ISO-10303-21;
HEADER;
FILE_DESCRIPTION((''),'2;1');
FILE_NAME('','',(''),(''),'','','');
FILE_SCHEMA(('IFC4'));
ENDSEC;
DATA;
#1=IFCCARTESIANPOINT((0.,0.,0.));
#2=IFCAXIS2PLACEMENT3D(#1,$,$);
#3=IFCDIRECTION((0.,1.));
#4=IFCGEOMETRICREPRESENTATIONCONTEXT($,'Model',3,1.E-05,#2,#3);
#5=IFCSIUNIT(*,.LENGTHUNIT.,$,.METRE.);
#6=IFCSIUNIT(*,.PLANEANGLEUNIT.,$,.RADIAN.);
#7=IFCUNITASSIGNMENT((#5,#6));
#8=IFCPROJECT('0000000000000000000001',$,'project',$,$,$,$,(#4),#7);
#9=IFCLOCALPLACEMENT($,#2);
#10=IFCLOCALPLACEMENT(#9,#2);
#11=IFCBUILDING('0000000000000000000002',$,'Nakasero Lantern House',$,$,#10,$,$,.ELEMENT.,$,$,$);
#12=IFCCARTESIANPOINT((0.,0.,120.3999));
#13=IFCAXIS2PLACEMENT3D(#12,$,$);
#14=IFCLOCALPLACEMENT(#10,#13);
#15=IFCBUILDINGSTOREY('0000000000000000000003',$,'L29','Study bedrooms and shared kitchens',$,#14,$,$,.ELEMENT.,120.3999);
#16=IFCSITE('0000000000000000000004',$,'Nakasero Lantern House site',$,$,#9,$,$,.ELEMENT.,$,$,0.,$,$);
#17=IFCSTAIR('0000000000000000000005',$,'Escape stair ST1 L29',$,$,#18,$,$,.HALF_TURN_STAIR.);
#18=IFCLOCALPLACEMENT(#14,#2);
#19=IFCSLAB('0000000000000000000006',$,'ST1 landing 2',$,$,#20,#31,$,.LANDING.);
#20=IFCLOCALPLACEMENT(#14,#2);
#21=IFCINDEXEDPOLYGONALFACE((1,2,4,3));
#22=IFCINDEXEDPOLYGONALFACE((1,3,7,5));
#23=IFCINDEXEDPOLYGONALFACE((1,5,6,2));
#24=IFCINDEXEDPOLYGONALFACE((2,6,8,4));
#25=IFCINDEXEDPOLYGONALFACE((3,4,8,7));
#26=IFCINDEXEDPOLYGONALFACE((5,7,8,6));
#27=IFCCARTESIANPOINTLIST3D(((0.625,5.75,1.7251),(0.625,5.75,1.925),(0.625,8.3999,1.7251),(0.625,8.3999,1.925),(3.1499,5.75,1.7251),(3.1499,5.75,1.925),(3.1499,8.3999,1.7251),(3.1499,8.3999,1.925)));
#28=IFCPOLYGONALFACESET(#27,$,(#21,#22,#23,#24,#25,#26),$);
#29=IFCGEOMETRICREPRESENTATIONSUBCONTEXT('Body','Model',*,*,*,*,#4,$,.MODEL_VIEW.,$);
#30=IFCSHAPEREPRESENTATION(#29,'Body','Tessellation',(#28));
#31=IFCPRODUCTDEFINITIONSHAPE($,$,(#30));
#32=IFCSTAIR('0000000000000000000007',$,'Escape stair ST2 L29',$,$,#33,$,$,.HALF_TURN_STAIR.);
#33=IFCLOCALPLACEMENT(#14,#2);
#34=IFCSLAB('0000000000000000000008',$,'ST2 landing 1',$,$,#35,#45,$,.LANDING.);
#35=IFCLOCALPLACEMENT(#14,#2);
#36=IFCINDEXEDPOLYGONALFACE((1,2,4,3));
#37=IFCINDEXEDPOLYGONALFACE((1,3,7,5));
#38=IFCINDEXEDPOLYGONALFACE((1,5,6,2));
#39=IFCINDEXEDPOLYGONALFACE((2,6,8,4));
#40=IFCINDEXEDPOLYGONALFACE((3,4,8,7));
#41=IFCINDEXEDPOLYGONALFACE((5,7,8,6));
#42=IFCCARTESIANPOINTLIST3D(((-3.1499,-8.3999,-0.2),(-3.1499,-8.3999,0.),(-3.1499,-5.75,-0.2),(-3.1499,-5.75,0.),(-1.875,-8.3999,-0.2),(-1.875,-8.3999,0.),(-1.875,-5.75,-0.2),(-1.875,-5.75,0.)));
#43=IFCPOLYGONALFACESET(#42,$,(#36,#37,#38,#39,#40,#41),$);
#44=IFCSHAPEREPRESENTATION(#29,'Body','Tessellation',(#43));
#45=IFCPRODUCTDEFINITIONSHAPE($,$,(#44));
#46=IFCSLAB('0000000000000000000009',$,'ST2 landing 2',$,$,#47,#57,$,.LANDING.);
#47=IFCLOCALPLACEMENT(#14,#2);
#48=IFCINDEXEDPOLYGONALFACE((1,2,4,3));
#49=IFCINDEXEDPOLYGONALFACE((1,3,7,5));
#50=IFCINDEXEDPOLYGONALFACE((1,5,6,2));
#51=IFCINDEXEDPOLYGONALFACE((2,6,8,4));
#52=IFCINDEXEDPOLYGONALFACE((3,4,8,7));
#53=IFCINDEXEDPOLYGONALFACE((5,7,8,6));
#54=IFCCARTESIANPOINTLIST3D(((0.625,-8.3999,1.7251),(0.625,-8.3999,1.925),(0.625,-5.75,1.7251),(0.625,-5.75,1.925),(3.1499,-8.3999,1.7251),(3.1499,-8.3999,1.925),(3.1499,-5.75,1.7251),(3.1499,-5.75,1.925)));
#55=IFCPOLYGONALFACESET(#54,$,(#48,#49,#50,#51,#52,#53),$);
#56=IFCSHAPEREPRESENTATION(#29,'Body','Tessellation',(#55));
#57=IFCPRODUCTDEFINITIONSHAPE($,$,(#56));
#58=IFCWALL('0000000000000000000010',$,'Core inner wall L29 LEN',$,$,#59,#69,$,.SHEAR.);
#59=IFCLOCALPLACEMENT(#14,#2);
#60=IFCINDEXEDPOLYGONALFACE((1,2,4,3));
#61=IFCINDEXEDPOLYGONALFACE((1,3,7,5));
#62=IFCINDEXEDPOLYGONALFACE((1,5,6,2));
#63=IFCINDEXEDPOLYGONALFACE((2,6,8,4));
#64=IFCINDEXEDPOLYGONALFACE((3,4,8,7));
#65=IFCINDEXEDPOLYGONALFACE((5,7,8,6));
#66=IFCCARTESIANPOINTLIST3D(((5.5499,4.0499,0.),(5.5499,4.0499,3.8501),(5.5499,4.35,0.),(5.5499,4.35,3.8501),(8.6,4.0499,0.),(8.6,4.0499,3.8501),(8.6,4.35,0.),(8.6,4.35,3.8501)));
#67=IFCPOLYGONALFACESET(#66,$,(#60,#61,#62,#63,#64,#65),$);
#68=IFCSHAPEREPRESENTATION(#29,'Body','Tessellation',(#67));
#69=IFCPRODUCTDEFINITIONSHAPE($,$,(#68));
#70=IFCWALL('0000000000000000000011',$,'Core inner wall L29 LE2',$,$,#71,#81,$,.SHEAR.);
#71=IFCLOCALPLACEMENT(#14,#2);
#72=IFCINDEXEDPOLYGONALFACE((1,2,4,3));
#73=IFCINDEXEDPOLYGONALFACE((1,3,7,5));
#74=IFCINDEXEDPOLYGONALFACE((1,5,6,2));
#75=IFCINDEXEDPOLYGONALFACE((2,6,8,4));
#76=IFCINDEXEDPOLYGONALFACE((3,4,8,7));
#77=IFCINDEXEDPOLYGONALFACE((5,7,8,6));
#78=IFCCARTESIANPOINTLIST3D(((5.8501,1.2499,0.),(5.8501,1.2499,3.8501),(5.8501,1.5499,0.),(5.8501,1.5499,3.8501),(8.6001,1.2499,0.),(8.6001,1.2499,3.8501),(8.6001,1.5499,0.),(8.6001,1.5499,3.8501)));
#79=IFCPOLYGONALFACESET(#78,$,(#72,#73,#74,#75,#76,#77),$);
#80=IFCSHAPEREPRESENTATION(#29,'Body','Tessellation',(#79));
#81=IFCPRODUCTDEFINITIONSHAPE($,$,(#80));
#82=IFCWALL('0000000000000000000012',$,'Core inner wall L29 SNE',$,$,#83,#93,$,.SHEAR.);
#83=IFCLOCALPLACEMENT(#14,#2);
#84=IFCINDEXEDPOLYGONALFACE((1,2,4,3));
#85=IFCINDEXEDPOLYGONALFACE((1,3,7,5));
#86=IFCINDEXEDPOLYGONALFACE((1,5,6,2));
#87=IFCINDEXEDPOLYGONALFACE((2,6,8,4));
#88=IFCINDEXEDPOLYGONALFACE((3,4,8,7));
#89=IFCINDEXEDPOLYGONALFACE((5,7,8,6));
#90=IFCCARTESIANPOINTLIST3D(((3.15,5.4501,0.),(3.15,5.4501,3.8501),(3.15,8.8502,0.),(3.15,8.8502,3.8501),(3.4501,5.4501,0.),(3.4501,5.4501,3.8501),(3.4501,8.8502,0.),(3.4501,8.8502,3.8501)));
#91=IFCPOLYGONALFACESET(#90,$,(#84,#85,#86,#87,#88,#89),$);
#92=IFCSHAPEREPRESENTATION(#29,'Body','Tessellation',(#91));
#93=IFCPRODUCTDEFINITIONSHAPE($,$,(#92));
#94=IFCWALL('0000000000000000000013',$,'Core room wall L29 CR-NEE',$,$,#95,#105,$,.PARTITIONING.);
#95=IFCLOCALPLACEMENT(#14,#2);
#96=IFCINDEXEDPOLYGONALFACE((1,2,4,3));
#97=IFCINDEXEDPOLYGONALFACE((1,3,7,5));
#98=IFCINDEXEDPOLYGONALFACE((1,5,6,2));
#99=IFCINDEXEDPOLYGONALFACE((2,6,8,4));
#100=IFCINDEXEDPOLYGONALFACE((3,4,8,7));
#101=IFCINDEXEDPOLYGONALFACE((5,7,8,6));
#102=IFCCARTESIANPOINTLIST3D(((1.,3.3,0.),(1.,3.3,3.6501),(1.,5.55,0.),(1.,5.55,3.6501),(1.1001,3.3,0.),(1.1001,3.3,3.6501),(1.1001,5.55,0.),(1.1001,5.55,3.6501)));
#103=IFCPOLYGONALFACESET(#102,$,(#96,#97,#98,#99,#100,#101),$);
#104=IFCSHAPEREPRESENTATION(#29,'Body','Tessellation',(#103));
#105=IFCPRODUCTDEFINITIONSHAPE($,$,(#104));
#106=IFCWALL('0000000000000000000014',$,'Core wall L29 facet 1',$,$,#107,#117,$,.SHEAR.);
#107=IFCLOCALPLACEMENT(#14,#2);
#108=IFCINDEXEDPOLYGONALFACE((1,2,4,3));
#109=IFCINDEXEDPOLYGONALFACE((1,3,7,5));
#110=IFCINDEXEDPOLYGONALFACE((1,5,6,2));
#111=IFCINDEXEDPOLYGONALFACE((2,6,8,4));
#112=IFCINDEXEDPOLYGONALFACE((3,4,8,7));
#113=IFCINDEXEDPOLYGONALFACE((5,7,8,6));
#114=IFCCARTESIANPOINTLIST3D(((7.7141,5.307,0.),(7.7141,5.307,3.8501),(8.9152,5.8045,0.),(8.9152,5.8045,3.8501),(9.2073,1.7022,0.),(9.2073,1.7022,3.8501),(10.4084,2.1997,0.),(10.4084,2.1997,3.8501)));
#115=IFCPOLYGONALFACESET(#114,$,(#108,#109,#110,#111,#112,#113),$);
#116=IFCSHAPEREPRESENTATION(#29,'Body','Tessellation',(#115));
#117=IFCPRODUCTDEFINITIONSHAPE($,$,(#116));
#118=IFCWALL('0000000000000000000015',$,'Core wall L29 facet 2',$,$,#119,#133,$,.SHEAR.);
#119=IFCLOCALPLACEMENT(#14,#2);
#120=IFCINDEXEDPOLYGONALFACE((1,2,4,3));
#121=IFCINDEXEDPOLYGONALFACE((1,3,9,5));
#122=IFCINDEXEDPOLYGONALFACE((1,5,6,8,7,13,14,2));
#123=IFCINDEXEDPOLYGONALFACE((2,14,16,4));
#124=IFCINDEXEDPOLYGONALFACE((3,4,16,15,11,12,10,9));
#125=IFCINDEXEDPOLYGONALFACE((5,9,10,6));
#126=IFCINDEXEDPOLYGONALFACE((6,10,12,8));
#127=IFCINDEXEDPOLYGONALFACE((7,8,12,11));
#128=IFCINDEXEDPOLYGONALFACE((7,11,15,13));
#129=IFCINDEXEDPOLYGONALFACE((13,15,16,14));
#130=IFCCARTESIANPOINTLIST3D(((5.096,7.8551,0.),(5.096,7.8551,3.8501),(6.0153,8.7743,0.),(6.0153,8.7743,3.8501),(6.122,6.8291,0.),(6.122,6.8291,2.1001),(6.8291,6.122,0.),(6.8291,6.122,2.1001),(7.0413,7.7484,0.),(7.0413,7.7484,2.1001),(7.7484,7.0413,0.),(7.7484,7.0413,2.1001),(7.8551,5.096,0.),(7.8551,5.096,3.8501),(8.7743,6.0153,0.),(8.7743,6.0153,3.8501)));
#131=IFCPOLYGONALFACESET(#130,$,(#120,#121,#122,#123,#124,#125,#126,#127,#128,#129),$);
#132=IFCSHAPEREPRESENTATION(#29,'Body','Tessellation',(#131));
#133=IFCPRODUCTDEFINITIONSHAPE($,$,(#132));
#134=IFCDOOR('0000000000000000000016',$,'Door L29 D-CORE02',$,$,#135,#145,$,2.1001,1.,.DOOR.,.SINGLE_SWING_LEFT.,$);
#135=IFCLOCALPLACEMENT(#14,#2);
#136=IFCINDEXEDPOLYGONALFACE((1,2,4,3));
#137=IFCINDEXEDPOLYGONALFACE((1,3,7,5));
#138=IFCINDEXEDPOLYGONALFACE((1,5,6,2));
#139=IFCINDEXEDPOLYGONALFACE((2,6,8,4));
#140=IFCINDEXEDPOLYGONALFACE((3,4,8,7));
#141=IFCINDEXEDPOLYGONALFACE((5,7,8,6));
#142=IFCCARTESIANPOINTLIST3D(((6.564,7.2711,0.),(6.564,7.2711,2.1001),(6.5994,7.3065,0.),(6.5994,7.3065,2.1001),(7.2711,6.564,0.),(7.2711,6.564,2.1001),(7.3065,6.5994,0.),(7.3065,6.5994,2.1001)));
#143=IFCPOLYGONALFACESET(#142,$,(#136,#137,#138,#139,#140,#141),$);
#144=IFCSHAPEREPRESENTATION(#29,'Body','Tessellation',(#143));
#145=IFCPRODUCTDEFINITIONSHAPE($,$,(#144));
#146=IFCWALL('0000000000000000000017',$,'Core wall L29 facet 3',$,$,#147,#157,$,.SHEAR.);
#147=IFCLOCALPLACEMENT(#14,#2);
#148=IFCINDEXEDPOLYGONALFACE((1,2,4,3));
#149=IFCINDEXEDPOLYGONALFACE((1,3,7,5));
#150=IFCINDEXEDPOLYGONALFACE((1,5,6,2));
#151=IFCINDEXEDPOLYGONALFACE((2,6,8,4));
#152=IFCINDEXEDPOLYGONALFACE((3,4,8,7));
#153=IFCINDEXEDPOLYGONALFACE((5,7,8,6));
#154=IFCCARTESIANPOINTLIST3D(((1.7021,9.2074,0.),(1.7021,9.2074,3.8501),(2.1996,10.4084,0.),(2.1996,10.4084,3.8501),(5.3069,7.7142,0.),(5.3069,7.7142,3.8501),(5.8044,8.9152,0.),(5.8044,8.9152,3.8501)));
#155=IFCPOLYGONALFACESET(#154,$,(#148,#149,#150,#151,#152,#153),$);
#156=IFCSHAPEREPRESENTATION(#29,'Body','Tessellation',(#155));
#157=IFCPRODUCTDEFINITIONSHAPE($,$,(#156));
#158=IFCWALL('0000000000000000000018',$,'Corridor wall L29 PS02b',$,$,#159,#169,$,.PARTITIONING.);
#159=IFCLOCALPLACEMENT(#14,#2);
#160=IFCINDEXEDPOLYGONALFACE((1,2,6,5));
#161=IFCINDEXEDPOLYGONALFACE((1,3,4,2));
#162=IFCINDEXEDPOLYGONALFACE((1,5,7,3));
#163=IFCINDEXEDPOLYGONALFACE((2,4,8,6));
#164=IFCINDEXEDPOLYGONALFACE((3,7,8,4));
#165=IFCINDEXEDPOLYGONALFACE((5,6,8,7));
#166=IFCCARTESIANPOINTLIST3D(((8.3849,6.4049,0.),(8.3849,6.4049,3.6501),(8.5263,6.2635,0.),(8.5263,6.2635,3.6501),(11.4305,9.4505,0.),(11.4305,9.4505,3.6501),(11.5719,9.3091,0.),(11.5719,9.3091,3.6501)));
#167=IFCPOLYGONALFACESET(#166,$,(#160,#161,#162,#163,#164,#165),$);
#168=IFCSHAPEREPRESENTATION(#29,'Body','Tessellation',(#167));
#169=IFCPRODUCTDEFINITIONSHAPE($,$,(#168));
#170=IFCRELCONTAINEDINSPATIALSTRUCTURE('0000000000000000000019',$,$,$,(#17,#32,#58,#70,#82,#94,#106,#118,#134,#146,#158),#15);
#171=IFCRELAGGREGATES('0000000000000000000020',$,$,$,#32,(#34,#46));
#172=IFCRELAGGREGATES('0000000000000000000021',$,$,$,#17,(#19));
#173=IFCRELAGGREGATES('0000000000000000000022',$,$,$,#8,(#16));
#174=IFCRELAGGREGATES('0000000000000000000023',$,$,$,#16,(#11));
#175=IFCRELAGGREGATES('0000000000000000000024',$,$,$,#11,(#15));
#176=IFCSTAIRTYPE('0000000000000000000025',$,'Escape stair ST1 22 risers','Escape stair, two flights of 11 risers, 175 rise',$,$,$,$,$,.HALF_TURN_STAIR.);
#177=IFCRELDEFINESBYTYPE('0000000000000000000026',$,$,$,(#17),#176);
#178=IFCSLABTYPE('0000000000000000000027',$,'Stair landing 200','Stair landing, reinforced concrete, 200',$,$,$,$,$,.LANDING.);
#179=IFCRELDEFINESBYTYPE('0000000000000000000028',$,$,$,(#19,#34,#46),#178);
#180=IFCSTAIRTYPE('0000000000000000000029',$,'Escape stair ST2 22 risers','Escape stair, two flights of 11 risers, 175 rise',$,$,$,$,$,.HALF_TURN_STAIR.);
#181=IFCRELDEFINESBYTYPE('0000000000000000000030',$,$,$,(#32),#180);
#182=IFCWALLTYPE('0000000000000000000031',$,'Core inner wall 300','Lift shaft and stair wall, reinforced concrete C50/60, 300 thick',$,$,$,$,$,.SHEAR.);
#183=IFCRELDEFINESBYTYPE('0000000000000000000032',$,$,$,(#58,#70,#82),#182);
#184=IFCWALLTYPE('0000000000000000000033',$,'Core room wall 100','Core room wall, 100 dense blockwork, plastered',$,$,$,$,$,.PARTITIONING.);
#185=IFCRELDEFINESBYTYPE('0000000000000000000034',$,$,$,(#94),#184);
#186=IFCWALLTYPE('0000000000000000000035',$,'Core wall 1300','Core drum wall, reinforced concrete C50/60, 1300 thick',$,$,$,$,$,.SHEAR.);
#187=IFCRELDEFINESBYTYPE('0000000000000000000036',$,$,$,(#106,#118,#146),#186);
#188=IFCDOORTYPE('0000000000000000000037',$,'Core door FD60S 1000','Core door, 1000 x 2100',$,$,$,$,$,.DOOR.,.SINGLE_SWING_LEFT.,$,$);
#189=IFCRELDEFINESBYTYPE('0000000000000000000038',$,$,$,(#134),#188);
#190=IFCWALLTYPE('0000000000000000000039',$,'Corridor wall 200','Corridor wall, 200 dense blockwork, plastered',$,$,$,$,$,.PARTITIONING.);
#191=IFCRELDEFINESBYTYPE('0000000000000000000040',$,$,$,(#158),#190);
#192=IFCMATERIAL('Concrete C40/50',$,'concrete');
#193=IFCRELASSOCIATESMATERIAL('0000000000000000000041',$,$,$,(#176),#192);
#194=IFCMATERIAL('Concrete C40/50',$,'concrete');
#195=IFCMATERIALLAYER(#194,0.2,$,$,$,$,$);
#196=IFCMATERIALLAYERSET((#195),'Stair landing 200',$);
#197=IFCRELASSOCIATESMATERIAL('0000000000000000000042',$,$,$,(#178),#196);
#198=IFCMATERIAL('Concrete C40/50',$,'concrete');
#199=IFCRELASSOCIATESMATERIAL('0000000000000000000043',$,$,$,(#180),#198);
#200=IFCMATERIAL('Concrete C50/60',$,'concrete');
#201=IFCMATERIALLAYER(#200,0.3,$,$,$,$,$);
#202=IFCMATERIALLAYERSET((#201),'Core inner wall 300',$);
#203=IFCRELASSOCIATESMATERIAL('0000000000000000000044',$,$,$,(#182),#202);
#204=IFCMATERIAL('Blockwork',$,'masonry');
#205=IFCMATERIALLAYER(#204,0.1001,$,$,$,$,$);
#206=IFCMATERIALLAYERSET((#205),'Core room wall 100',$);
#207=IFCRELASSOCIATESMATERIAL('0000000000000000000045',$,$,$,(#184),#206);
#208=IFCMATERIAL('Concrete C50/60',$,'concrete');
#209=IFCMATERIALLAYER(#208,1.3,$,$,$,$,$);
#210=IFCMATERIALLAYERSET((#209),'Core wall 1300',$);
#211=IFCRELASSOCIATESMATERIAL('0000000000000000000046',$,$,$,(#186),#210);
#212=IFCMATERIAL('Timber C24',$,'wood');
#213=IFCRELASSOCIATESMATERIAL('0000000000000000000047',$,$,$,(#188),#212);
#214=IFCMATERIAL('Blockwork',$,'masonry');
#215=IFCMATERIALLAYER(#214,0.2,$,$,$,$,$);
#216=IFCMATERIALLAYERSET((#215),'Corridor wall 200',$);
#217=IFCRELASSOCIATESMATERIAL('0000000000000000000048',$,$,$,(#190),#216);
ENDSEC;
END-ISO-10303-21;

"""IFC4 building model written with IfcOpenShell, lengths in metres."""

from ifc_helpers import new_model, si_unit, direction, frame, frame_2d, origin, place, context, subcontext, project, spatial, polyline, rectangle, outline, extrude, material, layer, layer_set, type_object, element, fill, aggregate, save


model = new_model("IFC4")

# Units and contexts
model_context = context("Model", 3, precision=1e-05, world=origin(), true_north=direction((0.0, 1.0)))
body_context = subcontext(model_context, "Body", "Model", "MODEL_VIEW")
ifc_project = project(units=[si_unit("LENGTHUNIT", "METRE"), si_unit("PLANEANGLEUNIT", "RADIAN")], contexts=[model_context])

# Site, building, storey
site_placement = place(None, origin())
site = spatial("IfcSite", under=ifc_project, at=site_placement, Name="Nakasero Lantern House site", CompositionType="ELEMENT", RefElevation=0.0)
building_placement = place(site_placement, origin())
building = spatial("IfcBuilding", under=site, at=building_placement, Name="Nakasero Lantern House", CompositionType="ELEMENT")
storey_placement = place(building_placement, frame((0.0, 0.0, 120.3999)))
storey = spatial("IfcBuildingStorey", under=building, at=storey_placement, Name="L29", Description="Study bedrooms and shared kitchens", CompositionType="ELEMENT", Elevation=120.3999)

# Stairs, slabs
ifc_material_1 = material(Name="Concrete C40/50", Category="concrete")
stair_type_1 = type_object("IfcStairType", Name="Escape stair ST1 22 risers", Description="Escape stair, two flights of 11 risers, 175 rise", PredefinedType="HALF_TURN_STAIR", material=ifc_material_1)
stair_1_placement = place(storey_placement, origin())
stair_1 = element("IfcStair", 1, at=stair_1_placement, inside=storey, type_object=stair_type_1, Name="Escape stair ST1 L29", PredefinedType="HALF_TURN_STAIR")
ifc_material_2 = material(Name="Concrete C40/50", Category="concrete")
ifc_layer_1 = layer(ifc_material_2, 0.2)
ifc_layer_set_1 = layer_set([ifc_layer_1], Name="Stair landing 200")
slab_type_1 = type_object("IfcSlabType", Name="Stair landing 200", Description="Stair landing, reinforced concrete, 200", PredefinedType="LANDING", material=ifc_layer_set_1)
slab_1_placement = place(storey_placement, frame((0.0, 0.0, 1.7251)))
slab_1 = element("IfcSlab", 2, at=slab_1_placement, type_object=slab_type_1, Name="ST1 landing 2", PredefinedType="LANDING", context=body_context, shape_type="SweptSolid", body=[
    extrude(outline(polyline([(0.625, 5.75), (3.1499, 5.75), (3.1499, 8.3999), (0.625, 8.3999), (0.625, 5.75)])), origin(), (0.0, 0.0, 1.0), 0.2),
])
ifc_material_3 = material(Name="Concrete C40/50", Category="concrete")
stair_type_2 = type_object("IfcStairType", Name="Escape stair ST2 22 risers", Description="Escape stair, two flights of 11 risers, 175 rise", PredefinedType="HALF_TURN_STAIR", material=ifc_material_3)
stair_2_placement = place(storey_placement, origin())
stair_2 = element("IfcStair", 3, at=stair_2_placement, inside=storey, type_object=stair_type_2, Name="Escape stair ST2 L29", PredefinedType="HALF_TURN_STAIR")
slab_2_placement = place(storey_placement, frame((0.0, 0.0, -0.2)))
slab_2 = element("IfcSlab", 4, at=slab_2_placement, type_object=slab_type_1, Name="ST2 landing 1", PredefinedType="LANDING", context=body_context, shape_type="SweptSolid", body=[
    extrude(outline(polyline([(-3.1499, -8.3999), (-1.875, -8.3999), (-1.875, -5.75), (-3.1499, -5.75), (-3.1499, -8.3999)])), origin(), (0.0, 0.0, 1.0), 0.2),
])
slab_3_placement = place(storey_placement, frame((0.0, 0.0, 1.7251)))
slab_3 = element("IfcSlab", 5, at=slab_3_placement, type_object=slab_type_1, Name="ST2 landing 2", PredefinedType="LANDING", context=body_context, shape_type="SweptSolid", body=[
    extrude(outline(polyline([(0.625, -8.3999), (3.1499, -8.3999), (3.1499, -5.75), (0.625, -5.75), (0.625, -8.3999)])), origin(), (0.0, 0.0, 1.0), 0.2),
])
aggregate(stair_2, [slab_2, slab_3])

# Walls
ifc_material_4 = material(Name="Concrete C50/60", Category="concrete")
ifc_layer_2 = layer(ifc_material_4, 0.3)
ifc_layer_set_2 = layer_set([ifc_layer_2], Name="Core inner wall 300")
wall_type_1 = type_object("IfcWallType", Name="Core inner wall 300", Description="Lift shaft and stair wall, reinforced concrete C50/60, 300 thick", PredefinedType="SHEAR", material=ifc_layer_set_2)
wall_1_placement = place(storey_placement, frame((5.55, 4.2, 0.0), z_axis=(0.0, 0.0, 1.0), x_axis=(1.0, 0.0, 0.0)))
element("IfcWall", 6, at=wall_1_placement, inside=storey, type_object=wall_type_1, Name="Core inner wall L29 LEN", PredefinedType="SHEAR", context=body_context, shape_type="SweptSolid", body=[
    extrude(rectangle(XDim=3.05, YDim=0.3, at=frame_2d((1.5249, 0.0))), origin(), (0.0, 0.0, 1.0), 3.8501),
])
wall_2_placement = place(storey_placement, frame((5.8501, 1.3999, 0.0), z_axis=(0.0, 0.0, 1.0), x_axis=(1.0, 0.0, 0.0)))
element("IfcWall", 7, at=wall_2_placement, inside=storey, type_object=wall_type_1, Name="Core inner wall L29 LE2", PredefinedType="SHEAR", context=body_context, shape_type="SweptSolid", body=[
    extrude(rectangle(XDim=2.75, YDim=0.3, at=frame_2d((1.375, 0.0))), origin(), (0.0, 0.0, 1.0), 3.8501),
])
wall_3_placement = place(storey_placement, frame((3.3, 5.45, 0.0), z_axis=(0.0, 0.0, 1.0), x_axis=(0.0, 1.0, 0.0)))
element("IfcWall", 8, at=wall_3_placement, inside=storey, type_object=wall_type_1, Name="Core inner wall L29 SNE", PredefinedType="SHEAR", context=body_context, shape_type="SweptSolid", body=[
    extrude(rectangle(XDim=3.4001, YDim=0.3, at=frame_2d((1.7002, 0.0))), origin(), (0.0, 0.0, 1.0), 3.8501),
])
ifc_material_5 = material(Name="Blockwork", Category="masonry")
ifc_layer_3 = layer(ifc_material_5, 0.1001)
ifc_layer_set_3 = layer_set([ifc_layer_3], Name="Core room wall 100")
wall_type_2 = type_object("IfcWallType", Name="Core room wall 100", Description="Core room wall, 100 dense blockwork, plastered", PredefinedType="PARTITIONING", material=ifc_layer_set_3)
wall_4_placement = place(storey_placement, frame((1.05, 3.3, 0.0), z_axis=(0.0, 0.0, 1.0), x_axis=(0.0, 1.0, 0.0)))
element("IfcWall", 9, at=wall_4_placement, inside=storey, type_object=wall_type_2, Name="Core room wall L29 CR-NEE", PredefinedType="PARTITIONING", context=body_context, shape_type="SweptSolid", body=[
    extrude(rectangle(XDim=2.25, YDim=0.1001, at=frame_2d((1.125, 0.0))), origin(), (0.0, 0.0, 1.0), 3.6501),
])
ifc_material_6 = material(Name="Concrete C50/60", Category="concrete")
ifc_layer_4 = layer(ifc_material_6, 1.3)
ifc_layer_set_4 = layer_set([ifc_layer_4], Name="Core wall 1300")
wall_type_3 = type_object("IfcWallType", Name="Core wall 1300", Description="Core drum wall, reinforced concrete C50/60, 1300 thick", PredefinedType="SHEAR", material=ifc_layer_set_4)
wall_5_placement = place(storey_placement, frame((9.8079, 1.9509, 0.0), z_axis=(0.0, 0.0, 1.0), x_axis=(-0.382691, 0.923877, 0.0)))
element("IfcWall", 10, at=wall_5_placement, inside=storey, type_object=wall_type_3, Name="Core wall L29 facet 1", PredefinedType="SHEAR", context=body_context, shape_type="SweptSolid", body=[
    extrude(rectangle(XDim=3.9019, YDim=1.3, at=frame_2d((1.9509, 0.0))), origin(), (0.0, 0.0, 1.0), 3.8501),
])

# Wall, opening, door
wall_6_placement = place(storey_placement, frame((8.3147, 5.5557, 0.0), z_axis=(0.0, 0.0, 1.0), x_axis=(-0.707107, 0.707107, 0.0)))
wall_6 = element("IfcWall", 11, at=wall_6_placement, inside=storey, type_object=wall_type_3, Name="Core wall L29 facet 2", PredefinedType="SHEAR", context=body_context, shape_type="SweptSolid", body=[
    extrude(rectangle(XDim=3.9019, YDim=1.3, at=frame_2d((1.9509, 0.0))), origin(), (0.0, 0.0, 1.0), 3.8501),
])
opening_1_placement = place(wall_6_placement, frame((1.4509, 0.0, 0.0)))
opening_1 = element("IfcOpeningElement", 12, at=opening_1_placement, cuts=wall_6, PredefinedType="OPENING", context=body_context, shape_type="SweptSolid", body=[
    extrude(rectangle(XDim=1.0, YDim=2.1001, at=frame_2d((0.5, 1.05))), frame((0.0, 0.6699, 0.0), z_axis=(0.0, -1.0, 0.0), x_axis=(1.0, 0.0, 0.0)), (0.0, 0.0, 1.0), 1.3401),
])
ifc_material_7 = material(Name="Timber C24", Category="wood")
door_type_1 = type_object("IfcDoorType", Name="Core door FD60S 1000", Description="Core door, 1000 x 2100", OperationType="SINGLE_SWING_LEFT", PredefinedType="DOOR", material=ifc_material_7)
door_1_placement = place(opening_1_placement, origin())
door_1 = element("IfcDoor", 13, at=door_1_placement, inside=storey, type_object=door_type_1, Name="Door L29 D-CORE02", OperationType="SINGLE_SWING_LEFT", OverallHeight=2.1001, OverallWidth=1.0, PredefinedType="DOOR", context=body_context, shape_type="SweptSolid", body=[
    extrude(rectangle(XDim=1.0, YDim=2.1001, at=frame_2d((0.5, 1.05))), frame((0.0, 0.0249, 0.0), z_axis=(0.0, -1.0, 0.0), x_axis=(1.0, 0.0, 0.0)), (0.0, 0.0, 1.0), 0.05),
])
fill(opening_1, door_1)

# Walls
wall_7_placement = place(storey_placement, frame((5.5557, 8.3147, 0.0), z_axis=(0.0, 0.0, 1.0), x_axis=(-0.923877, 0.382691, 0.0)))
element("IfcWall", 14, at=wall_7_placement, inside=storey, type_object=wall_type_3, Name="Core wall L29 facet 3", PredefinedType="SHEAR", context=body_context, shape_type="SweptSolid", body=[
    extrude(rectangle(XDim=3.9019, YDim=1.3, at=frame_2d((1.9509, 0.0))), origin(), (0.0, 0.0, 1.0), 3.8501),
])
ifc_material_8 = material(Name="Blockwork", Category="masonry")
ifc_layer_5 = layer(ifc_material_8, 0.2)
ifc_layer_set_5 = layer_set([ifc_layer_5], Name="Corridor wall 200")
wall_type_4 = type_object("IfcWallType", Name="Corridor wall 200", Description="Corridor wall, 200 dense blockwork, plastered", PredefinedType="PARTITIONING", material=ifc_layer_set_5)
wall_8_placement = place(storey_placement, frame((8.4556, 6.3342, 0.0), z_axis=(0.0, 0.0, 1.0), x_axis=(0.707107, 0.707107, 0.0)))
element("IfcWall", 15, at=wall_8_placement, inside=storey, type_object=wall_type_4, Name="Corridor wall L29 PS02b", PredefinedType="PARTITIONING", context=body_context, shape_type="SweptSolid", body=[
    extrude(rectangle(XDim=4.3071, YDim=0.2, at=frame_2d((2.1536, 0.0))), origin(), (0.0, 0.0, 1.0), 3.6501),
])

aggregate(stair_1, [slab_1])

save(model, "model.ifc")
